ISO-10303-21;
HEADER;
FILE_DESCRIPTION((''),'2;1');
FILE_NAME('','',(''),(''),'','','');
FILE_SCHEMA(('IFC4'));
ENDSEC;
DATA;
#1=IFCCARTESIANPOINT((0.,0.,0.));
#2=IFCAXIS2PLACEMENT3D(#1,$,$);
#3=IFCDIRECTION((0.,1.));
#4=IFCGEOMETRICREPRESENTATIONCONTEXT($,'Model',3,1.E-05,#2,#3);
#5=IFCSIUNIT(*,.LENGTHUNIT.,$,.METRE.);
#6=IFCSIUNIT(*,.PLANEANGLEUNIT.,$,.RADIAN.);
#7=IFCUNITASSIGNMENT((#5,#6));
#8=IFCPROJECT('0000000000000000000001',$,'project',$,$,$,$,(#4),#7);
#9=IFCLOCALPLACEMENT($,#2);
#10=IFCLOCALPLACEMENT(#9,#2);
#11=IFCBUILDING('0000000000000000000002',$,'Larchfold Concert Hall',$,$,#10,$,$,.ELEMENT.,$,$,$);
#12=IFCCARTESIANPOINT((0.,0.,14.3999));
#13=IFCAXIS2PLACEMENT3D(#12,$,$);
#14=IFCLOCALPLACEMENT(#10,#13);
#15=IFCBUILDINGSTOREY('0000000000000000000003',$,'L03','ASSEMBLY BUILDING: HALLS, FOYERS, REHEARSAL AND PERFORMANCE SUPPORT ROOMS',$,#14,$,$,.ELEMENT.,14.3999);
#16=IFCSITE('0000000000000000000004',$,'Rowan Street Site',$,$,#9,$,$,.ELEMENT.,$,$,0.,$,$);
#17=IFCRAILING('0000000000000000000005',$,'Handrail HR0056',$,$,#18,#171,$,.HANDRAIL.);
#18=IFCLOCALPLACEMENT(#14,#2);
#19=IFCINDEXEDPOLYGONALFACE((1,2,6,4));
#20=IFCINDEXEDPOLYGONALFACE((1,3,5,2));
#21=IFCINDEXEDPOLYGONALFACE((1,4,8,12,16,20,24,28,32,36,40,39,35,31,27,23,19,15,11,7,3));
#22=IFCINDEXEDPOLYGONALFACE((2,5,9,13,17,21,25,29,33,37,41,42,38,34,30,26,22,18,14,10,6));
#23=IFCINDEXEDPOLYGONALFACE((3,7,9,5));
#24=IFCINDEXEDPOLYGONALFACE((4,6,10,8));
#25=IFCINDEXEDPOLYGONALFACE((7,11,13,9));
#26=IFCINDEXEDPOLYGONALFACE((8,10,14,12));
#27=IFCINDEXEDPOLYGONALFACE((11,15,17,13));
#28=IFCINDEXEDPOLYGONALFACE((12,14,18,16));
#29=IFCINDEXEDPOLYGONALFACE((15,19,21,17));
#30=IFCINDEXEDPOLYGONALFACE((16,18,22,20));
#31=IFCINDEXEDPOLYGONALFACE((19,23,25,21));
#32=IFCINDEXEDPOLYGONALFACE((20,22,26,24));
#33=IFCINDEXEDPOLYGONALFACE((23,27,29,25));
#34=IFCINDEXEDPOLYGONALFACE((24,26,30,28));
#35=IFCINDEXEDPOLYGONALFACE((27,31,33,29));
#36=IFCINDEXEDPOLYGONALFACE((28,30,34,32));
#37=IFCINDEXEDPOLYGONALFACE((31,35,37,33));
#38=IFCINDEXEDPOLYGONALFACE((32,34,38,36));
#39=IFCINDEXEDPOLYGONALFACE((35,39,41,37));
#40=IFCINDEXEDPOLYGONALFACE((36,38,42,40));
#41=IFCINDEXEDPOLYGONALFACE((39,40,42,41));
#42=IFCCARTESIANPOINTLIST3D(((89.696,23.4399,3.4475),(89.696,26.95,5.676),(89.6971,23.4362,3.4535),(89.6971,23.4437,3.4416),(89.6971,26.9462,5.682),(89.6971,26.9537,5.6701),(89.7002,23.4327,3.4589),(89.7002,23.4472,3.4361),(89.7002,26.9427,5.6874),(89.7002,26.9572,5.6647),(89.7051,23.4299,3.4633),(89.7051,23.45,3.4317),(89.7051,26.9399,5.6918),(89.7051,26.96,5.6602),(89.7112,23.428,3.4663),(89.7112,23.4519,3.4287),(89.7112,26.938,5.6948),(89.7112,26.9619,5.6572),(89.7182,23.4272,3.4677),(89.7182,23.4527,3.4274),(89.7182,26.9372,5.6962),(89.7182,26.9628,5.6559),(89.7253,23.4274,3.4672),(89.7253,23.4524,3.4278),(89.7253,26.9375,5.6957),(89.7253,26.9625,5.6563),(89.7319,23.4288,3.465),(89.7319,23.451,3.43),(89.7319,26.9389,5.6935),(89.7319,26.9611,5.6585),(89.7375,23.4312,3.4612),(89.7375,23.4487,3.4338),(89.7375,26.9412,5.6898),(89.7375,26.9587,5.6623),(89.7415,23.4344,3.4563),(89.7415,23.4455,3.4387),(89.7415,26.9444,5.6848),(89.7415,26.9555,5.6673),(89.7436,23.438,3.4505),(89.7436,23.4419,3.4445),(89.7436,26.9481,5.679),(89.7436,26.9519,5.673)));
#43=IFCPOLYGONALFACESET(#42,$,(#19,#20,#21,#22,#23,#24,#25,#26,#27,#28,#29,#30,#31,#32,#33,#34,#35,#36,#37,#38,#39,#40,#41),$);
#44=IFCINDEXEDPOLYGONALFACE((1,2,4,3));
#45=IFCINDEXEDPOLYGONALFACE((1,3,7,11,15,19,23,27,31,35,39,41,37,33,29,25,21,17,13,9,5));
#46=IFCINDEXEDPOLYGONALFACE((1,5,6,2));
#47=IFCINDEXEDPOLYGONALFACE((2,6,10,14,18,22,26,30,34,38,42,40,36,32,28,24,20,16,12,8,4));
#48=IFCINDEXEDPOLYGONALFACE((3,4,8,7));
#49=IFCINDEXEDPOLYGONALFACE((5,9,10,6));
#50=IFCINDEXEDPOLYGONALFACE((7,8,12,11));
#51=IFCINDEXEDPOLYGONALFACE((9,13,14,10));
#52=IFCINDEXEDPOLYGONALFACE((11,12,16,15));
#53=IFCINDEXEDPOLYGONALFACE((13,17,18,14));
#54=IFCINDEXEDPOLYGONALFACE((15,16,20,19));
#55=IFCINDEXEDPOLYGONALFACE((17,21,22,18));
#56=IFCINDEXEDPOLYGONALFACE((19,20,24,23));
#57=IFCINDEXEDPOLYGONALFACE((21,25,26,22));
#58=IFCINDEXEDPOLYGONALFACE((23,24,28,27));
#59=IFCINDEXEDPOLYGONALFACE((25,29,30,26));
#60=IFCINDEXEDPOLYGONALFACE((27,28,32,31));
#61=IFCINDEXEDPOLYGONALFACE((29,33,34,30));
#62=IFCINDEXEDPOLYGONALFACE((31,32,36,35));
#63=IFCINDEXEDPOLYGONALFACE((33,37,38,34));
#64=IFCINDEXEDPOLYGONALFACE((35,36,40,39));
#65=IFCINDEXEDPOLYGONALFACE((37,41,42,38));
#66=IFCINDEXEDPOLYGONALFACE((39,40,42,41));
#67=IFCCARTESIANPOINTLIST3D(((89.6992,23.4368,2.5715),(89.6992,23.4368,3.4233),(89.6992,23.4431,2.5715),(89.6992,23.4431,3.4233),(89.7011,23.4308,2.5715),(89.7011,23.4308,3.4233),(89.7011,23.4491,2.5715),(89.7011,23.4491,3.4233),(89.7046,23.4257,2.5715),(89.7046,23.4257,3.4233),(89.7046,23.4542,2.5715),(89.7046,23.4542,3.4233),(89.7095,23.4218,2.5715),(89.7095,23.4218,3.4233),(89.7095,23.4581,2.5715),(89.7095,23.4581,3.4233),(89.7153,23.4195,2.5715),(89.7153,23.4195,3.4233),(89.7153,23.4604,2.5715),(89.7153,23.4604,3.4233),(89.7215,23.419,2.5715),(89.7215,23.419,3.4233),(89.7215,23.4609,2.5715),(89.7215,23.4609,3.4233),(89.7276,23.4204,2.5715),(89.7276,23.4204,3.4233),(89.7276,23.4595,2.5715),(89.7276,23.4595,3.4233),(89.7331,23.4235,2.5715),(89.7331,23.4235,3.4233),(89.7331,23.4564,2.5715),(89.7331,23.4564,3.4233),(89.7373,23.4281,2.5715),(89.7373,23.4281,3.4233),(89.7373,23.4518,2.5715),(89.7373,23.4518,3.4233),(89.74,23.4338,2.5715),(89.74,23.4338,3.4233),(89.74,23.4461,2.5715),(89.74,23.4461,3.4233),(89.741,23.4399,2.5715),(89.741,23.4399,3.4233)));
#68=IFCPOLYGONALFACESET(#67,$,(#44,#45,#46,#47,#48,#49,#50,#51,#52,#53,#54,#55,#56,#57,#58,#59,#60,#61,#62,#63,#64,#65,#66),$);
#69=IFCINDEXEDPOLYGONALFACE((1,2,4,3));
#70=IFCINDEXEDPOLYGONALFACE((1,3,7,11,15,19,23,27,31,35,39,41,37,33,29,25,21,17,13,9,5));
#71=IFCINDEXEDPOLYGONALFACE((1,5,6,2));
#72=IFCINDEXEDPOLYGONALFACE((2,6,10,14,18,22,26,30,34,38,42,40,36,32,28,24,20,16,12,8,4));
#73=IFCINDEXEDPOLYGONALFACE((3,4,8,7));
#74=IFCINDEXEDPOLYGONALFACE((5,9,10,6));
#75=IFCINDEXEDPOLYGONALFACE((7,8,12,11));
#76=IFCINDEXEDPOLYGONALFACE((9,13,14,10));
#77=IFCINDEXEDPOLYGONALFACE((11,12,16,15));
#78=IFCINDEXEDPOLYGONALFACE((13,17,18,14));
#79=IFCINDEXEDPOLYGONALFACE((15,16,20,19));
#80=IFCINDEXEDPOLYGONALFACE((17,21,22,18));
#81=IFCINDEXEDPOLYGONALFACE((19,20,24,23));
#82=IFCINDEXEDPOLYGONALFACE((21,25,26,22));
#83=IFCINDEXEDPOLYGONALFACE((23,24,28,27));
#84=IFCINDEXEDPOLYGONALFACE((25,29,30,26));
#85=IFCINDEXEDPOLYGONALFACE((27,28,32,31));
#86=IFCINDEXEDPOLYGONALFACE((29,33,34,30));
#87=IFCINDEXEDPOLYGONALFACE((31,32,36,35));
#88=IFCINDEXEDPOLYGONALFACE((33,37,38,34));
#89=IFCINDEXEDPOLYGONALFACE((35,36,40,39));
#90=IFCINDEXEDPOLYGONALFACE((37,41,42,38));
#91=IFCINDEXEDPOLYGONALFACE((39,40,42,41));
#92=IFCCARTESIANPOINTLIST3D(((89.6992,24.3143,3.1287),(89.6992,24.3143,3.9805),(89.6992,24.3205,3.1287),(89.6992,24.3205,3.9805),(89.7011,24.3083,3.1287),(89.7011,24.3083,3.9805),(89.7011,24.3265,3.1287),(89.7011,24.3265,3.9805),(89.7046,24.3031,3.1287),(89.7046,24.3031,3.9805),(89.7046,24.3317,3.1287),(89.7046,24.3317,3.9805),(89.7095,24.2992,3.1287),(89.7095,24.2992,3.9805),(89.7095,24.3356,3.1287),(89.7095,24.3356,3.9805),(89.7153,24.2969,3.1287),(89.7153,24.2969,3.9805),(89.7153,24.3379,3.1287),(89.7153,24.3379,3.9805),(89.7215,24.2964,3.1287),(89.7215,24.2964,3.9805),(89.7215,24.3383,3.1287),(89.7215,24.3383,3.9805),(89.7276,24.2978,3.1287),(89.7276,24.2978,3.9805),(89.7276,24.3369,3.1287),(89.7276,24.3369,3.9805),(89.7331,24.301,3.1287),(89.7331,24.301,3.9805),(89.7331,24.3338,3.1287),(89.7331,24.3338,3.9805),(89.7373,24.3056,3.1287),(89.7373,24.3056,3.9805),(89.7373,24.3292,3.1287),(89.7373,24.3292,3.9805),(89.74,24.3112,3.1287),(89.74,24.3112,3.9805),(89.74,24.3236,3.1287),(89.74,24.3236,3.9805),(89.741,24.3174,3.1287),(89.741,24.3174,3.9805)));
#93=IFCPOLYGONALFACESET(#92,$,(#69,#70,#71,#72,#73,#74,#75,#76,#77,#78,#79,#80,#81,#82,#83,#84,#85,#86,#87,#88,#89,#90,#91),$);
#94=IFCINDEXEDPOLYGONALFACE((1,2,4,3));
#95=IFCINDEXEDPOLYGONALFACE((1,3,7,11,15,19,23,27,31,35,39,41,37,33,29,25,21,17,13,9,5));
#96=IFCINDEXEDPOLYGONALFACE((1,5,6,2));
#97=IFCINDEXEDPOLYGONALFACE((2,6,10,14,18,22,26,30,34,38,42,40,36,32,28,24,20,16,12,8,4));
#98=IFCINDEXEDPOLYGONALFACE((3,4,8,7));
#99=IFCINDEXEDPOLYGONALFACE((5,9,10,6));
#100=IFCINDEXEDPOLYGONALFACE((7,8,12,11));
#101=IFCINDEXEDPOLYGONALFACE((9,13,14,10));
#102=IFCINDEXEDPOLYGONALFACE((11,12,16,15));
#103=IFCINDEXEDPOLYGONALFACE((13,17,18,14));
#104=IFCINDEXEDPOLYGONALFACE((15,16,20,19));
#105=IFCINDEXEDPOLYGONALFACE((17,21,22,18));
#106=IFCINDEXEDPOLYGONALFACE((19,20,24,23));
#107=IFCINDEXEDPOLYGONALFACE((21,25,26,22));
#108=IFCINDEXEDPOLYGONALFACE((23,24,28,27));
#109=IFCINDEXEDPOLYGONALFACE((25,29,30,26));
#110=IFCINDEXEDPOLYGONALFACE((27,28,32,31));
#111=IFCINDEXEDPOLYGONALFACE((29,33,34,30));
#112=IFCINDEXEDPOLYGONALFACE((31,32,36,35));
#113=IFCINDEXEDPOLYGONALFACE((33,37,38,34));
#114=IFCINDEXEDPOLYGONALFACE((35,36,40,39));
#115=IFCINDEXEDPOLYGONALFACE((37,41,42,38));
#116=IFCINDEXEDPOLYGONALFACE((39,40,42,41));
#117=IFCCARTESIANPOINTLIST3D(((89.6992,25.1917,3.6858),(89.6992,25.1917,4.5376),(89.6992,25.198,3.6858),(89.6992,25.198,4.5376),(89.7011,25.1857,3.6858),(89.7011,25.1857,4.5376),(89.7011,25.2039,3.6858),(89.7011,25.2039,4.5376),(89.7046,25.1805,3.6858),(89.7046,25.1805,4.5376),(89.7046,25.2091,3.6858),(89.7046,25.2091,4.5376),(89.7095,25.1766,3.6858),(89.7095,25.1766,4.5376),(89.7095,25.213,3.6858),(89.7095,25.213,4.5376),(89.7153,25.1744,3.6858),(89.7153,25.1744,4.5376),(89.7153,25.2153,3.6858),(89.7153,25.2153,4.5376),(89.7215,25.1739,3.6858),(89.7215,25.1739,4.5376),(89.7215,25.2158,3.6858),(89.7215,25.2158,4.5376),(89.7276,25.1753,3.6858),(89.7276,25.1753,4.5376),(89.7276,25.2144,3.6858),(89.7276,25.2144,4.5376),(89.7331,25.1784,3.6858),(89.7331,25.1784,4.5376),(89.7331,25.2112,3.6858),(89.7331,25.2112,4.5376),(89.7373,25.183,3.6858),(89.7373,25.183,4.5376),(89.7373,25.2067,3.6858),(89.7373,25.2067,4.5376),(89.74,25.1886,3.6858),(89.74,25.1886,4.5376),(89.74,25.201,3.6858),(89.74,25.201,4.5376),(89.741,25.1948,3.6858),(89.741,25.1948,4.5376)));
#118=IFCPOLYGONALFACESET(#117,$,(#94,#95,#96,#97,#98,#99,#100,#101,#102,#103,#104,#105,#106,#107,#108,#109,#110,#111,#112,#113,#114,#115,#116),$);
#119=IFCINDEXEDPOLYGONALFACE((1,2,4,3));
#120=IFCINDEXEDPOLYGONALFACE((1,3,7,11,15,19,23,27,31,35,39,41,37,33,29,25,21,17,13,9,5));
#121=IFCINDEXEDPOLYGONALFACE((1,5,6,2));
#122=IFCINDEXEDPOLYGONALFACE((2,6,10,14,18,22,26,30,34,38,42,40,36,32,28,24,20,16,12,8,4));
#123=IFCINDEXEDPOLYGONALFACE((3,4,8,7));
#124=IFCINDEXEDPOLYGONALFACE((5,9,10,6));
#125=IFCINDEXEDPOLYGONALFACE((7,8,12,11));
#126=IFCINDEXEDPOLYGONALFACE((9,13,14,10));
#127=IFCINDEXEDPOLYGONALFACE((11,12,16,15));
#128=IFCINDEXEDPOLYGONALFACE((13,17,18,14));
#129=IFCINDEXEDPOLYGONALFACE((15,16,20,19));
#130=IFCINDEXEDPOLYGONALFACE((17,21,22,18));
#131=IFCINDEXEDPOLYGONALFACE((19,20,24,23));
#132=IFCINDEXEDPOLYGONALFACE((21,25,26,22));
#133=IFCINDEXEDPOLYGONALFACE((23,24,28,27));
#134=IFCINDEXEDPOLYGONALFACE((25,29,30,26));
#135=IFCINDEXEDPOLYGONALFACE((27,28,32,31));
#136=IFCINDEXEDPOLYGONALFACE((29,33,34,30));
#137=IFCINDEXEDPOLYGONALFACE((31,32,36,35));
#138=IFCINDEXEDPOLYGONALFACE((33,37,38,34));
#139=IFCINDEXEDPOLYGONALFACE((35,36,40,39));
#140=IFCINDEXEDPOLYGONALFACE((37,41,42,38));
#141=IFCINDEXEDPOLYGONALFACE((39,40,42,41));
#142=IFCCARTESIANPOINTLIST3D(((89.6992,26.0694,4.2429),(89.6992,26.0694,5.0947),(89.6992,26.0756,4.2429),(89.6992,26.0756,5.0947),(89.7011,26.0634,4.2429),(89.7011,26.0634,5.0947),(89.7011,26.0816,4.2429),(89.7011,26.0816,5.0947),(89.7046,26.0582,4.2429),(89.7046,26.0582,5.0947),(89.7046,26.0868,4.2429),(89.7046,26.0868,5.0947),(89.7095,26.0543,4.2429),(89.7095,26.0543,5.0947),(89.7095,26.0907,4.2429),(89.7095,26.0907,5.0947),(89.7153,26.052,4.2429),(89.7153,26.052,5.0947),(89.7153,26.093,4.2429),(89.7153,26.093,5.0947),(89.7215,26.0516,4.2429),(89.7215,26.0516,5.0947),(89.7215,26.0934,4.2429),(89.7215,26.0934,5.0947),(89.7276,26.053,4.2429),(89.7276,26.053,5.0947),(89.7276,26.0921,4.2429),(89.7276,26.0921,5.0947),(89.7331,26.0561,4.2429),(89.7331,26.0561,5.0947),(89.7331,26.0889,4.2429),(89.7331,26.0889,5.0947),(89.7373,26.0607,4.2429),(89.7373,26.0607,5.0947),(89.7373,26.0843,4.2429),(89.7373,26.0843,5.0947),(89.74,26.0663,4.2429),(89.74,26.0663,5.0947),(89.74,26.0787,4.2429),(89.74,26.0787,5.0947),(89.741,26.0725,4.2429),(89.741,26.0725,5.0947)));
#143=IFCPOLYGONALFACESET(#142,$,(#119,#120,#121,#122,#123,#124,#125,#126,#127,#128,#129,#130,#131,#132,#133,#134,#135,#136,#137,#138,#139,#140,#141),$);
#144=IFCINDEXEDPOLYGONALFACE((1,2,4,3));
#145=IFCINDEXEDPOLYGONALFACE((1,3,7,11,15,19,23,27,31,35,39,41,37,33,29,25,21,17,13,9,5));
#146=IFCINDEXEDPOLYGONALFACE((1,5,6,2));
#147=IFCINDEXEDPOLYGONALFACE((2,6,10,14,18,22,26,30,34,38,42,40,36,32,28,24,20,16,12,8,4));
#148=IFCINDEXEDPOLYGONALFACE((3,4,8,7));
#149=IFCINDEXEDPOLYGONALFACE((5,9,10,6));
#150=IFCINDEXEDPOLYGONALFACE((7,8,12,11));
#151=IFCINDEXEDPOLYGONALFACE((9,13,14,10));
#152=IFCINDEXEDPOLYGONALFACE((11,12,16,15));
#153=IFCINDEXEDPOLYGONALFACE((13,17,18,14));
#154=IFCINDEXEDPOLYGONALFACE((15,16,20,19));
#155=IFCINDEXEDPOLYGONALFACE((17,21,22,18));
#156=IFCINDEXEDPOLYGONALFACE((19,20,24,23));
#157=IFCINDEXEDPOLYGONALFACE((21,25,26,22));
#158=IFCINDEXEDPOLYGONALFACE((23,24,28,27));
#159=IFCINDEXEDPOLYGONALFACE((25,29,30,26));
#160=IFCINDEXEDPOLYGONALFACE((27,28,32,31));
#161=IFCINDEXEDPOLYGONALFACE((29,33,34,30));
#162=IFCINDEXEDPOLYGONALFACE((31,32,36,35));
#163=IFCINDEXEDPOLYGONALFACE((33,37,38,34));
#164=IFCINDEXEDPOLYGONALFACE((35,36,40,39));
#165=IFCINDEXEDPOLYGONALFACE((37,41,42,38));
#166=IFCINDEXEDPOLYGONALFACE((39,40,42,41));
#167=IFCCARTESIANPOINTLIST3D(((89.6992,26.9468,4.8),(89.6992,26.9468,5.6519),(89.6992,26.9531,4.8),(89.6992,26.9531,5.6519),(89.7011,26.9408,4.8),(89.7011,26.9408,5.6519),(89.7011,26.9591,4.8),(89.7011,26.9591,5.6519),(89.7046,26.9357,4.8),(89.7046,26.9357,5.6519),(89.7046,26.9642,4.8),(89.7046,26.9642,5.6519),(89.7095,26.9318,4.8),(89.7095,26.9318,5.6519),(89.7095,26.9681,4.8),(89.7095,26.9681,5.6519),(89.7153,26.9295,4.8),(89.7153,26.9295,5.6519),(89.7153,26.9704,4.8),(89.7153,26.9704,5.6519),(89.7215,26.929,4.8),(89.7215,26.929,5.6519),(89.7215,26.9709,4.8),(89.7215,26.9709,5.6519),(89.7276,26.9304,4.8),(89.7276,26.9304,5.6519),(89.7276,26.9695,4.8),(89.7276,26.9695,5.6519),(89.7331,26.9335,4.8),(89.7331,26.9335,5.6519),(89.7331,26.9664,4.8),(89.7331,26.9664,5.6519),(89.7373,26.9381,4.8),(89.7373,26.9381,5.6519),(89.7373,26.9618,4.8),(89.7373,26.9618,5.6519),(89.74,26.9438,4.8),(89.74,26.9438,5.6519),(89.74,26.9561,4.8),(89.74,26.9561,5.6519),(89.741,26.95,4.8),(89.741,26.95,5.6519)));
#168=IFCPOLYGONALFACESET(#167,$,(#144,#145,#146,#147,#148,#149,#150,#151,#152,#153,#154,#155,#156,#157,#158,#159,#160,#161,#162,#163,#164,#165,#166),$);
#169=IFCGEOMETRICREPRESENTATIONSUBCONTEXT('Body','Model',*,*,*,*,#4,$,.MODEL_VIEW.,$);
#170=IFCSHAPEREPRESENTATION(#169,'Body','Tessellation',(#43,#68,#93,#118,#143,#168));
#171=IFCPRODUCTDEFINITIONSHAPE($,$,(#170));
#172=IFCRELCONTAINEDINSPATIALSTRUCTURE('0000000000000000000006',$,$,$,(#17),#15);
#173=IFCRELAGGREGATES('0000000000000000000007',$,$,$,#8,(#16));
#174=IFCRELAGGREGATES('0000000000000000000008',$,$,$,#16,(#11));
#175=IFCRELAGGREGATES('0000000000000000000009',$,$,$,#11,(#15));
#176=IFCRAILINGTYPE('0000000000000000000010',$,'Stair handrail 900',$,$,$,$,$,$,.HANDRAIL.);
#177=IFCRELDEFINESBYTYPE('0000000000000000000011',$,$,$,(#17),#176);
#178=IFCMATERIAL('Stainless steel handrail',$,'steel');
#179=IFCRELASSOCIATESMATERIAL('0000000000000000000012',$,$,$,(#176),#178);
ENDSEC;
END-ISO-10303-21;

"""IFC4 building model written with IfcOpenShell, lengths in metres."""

from ifc_helpers import new_model, si_unit, direction, frame, origin, origin_2d, place, context, subcontext, project, spatial, circle, extrude, material, type_object, element, save


model = new_model("IFC4")

# Units and contexts
model_context = context("Model", 3, precision=1e-05, world=origin(), true_north=direction((0.0, 1.0)))
body_context = subcontext(model_context, "Body", "Model", "MODEL_VIEW")
ifc_project = project(units=[si_unit("LENGTHUNIT", "METRE"), si_unit("PLANEANGLEUNIT", "RADIAN")], contexts=[model_context])

# Site, building, storey
site_placement = place(None, origin())
site = spatial("IfcSite", under=ifc_project, at=site_placement, Name="Rowan Street Site", CompositionType="ELEMENT", RefElevation=0.0)
building_placement = place(site_placement, origin())
building = spatial("IfcBuilding", under=site, at=building_placement, Name="Larchfold Concert Hall", CompositionType="ELEMENT")
storey_placement = place(building_placement, frame((0.0, 0.0, 14.3999)))
storey = spatial("IfcBuildingStorey", under=building, at=storey_placement, Name="L03", Description="ASSEMBLY BUILDING: HALLS, FOYERS, REHEARSAL AND PERFORMANCE SUPPORT ROOMS", CompositionType="ELEMENT", Elevation=14.3999)

# Railing
ifc_material_1 = material(Name="Stainless steel handrail", Category="steel")
railing_type_1 = type_object("IfcRailingType", Name="Stair handrail 900", PredefinedType="HANDRAIL", material=ifc_material_1)
railing_1_placement = place(storey_placement, frame((89.72, 23.4399, 2.5715)))
element("IfcRailing", 1, at=railing_1_placement, inside=storey, type_object=railing_type_1, Name="Handrail HR0056", PredefinedType="HANDRAIL", context=body_context, shape_type="SweptSolid", body=[
    extrude(circle(Radius=0.0239, at=origin_2d()), frame((0.0, 0.0, 0.876), z_axis=(0.0, 0.84422, 0.535998), x_axis=(-1.0, 0.0, 0.0)), (0.0, 0.0, 1.0), 4.1577),
    extrude(circle(Radius=0.021, at=origin_2d()), origin(), (0.0, 0.0, 1.0), 0.8518),
    extrude(circle(Radius=0.021, at=origin_2d()), frame((0.0, 0.8774, 0.5571)), (0.0, 0.0, 1.0), 0.8518),
    extrude(circle(Radius=0.021, at=origin_2d()), frame((0.0, 1.7549, 1.1143)), (0.0, 0.0, 1.0), 0.8518),
    extrude(circle(Radius=0.021, at=origin_2d()), frame((0.0, 2.6326, 1.6714)), (0.0, 0.0, 1.0), 0.8518),
    extrude(circle(Radius=0.021, at=origin_2d()), frame((0.0, 3.51, 2.2285)), (0.0, 0.0, 1.0), 0.8518),
])

save(model, "model.ifc")
